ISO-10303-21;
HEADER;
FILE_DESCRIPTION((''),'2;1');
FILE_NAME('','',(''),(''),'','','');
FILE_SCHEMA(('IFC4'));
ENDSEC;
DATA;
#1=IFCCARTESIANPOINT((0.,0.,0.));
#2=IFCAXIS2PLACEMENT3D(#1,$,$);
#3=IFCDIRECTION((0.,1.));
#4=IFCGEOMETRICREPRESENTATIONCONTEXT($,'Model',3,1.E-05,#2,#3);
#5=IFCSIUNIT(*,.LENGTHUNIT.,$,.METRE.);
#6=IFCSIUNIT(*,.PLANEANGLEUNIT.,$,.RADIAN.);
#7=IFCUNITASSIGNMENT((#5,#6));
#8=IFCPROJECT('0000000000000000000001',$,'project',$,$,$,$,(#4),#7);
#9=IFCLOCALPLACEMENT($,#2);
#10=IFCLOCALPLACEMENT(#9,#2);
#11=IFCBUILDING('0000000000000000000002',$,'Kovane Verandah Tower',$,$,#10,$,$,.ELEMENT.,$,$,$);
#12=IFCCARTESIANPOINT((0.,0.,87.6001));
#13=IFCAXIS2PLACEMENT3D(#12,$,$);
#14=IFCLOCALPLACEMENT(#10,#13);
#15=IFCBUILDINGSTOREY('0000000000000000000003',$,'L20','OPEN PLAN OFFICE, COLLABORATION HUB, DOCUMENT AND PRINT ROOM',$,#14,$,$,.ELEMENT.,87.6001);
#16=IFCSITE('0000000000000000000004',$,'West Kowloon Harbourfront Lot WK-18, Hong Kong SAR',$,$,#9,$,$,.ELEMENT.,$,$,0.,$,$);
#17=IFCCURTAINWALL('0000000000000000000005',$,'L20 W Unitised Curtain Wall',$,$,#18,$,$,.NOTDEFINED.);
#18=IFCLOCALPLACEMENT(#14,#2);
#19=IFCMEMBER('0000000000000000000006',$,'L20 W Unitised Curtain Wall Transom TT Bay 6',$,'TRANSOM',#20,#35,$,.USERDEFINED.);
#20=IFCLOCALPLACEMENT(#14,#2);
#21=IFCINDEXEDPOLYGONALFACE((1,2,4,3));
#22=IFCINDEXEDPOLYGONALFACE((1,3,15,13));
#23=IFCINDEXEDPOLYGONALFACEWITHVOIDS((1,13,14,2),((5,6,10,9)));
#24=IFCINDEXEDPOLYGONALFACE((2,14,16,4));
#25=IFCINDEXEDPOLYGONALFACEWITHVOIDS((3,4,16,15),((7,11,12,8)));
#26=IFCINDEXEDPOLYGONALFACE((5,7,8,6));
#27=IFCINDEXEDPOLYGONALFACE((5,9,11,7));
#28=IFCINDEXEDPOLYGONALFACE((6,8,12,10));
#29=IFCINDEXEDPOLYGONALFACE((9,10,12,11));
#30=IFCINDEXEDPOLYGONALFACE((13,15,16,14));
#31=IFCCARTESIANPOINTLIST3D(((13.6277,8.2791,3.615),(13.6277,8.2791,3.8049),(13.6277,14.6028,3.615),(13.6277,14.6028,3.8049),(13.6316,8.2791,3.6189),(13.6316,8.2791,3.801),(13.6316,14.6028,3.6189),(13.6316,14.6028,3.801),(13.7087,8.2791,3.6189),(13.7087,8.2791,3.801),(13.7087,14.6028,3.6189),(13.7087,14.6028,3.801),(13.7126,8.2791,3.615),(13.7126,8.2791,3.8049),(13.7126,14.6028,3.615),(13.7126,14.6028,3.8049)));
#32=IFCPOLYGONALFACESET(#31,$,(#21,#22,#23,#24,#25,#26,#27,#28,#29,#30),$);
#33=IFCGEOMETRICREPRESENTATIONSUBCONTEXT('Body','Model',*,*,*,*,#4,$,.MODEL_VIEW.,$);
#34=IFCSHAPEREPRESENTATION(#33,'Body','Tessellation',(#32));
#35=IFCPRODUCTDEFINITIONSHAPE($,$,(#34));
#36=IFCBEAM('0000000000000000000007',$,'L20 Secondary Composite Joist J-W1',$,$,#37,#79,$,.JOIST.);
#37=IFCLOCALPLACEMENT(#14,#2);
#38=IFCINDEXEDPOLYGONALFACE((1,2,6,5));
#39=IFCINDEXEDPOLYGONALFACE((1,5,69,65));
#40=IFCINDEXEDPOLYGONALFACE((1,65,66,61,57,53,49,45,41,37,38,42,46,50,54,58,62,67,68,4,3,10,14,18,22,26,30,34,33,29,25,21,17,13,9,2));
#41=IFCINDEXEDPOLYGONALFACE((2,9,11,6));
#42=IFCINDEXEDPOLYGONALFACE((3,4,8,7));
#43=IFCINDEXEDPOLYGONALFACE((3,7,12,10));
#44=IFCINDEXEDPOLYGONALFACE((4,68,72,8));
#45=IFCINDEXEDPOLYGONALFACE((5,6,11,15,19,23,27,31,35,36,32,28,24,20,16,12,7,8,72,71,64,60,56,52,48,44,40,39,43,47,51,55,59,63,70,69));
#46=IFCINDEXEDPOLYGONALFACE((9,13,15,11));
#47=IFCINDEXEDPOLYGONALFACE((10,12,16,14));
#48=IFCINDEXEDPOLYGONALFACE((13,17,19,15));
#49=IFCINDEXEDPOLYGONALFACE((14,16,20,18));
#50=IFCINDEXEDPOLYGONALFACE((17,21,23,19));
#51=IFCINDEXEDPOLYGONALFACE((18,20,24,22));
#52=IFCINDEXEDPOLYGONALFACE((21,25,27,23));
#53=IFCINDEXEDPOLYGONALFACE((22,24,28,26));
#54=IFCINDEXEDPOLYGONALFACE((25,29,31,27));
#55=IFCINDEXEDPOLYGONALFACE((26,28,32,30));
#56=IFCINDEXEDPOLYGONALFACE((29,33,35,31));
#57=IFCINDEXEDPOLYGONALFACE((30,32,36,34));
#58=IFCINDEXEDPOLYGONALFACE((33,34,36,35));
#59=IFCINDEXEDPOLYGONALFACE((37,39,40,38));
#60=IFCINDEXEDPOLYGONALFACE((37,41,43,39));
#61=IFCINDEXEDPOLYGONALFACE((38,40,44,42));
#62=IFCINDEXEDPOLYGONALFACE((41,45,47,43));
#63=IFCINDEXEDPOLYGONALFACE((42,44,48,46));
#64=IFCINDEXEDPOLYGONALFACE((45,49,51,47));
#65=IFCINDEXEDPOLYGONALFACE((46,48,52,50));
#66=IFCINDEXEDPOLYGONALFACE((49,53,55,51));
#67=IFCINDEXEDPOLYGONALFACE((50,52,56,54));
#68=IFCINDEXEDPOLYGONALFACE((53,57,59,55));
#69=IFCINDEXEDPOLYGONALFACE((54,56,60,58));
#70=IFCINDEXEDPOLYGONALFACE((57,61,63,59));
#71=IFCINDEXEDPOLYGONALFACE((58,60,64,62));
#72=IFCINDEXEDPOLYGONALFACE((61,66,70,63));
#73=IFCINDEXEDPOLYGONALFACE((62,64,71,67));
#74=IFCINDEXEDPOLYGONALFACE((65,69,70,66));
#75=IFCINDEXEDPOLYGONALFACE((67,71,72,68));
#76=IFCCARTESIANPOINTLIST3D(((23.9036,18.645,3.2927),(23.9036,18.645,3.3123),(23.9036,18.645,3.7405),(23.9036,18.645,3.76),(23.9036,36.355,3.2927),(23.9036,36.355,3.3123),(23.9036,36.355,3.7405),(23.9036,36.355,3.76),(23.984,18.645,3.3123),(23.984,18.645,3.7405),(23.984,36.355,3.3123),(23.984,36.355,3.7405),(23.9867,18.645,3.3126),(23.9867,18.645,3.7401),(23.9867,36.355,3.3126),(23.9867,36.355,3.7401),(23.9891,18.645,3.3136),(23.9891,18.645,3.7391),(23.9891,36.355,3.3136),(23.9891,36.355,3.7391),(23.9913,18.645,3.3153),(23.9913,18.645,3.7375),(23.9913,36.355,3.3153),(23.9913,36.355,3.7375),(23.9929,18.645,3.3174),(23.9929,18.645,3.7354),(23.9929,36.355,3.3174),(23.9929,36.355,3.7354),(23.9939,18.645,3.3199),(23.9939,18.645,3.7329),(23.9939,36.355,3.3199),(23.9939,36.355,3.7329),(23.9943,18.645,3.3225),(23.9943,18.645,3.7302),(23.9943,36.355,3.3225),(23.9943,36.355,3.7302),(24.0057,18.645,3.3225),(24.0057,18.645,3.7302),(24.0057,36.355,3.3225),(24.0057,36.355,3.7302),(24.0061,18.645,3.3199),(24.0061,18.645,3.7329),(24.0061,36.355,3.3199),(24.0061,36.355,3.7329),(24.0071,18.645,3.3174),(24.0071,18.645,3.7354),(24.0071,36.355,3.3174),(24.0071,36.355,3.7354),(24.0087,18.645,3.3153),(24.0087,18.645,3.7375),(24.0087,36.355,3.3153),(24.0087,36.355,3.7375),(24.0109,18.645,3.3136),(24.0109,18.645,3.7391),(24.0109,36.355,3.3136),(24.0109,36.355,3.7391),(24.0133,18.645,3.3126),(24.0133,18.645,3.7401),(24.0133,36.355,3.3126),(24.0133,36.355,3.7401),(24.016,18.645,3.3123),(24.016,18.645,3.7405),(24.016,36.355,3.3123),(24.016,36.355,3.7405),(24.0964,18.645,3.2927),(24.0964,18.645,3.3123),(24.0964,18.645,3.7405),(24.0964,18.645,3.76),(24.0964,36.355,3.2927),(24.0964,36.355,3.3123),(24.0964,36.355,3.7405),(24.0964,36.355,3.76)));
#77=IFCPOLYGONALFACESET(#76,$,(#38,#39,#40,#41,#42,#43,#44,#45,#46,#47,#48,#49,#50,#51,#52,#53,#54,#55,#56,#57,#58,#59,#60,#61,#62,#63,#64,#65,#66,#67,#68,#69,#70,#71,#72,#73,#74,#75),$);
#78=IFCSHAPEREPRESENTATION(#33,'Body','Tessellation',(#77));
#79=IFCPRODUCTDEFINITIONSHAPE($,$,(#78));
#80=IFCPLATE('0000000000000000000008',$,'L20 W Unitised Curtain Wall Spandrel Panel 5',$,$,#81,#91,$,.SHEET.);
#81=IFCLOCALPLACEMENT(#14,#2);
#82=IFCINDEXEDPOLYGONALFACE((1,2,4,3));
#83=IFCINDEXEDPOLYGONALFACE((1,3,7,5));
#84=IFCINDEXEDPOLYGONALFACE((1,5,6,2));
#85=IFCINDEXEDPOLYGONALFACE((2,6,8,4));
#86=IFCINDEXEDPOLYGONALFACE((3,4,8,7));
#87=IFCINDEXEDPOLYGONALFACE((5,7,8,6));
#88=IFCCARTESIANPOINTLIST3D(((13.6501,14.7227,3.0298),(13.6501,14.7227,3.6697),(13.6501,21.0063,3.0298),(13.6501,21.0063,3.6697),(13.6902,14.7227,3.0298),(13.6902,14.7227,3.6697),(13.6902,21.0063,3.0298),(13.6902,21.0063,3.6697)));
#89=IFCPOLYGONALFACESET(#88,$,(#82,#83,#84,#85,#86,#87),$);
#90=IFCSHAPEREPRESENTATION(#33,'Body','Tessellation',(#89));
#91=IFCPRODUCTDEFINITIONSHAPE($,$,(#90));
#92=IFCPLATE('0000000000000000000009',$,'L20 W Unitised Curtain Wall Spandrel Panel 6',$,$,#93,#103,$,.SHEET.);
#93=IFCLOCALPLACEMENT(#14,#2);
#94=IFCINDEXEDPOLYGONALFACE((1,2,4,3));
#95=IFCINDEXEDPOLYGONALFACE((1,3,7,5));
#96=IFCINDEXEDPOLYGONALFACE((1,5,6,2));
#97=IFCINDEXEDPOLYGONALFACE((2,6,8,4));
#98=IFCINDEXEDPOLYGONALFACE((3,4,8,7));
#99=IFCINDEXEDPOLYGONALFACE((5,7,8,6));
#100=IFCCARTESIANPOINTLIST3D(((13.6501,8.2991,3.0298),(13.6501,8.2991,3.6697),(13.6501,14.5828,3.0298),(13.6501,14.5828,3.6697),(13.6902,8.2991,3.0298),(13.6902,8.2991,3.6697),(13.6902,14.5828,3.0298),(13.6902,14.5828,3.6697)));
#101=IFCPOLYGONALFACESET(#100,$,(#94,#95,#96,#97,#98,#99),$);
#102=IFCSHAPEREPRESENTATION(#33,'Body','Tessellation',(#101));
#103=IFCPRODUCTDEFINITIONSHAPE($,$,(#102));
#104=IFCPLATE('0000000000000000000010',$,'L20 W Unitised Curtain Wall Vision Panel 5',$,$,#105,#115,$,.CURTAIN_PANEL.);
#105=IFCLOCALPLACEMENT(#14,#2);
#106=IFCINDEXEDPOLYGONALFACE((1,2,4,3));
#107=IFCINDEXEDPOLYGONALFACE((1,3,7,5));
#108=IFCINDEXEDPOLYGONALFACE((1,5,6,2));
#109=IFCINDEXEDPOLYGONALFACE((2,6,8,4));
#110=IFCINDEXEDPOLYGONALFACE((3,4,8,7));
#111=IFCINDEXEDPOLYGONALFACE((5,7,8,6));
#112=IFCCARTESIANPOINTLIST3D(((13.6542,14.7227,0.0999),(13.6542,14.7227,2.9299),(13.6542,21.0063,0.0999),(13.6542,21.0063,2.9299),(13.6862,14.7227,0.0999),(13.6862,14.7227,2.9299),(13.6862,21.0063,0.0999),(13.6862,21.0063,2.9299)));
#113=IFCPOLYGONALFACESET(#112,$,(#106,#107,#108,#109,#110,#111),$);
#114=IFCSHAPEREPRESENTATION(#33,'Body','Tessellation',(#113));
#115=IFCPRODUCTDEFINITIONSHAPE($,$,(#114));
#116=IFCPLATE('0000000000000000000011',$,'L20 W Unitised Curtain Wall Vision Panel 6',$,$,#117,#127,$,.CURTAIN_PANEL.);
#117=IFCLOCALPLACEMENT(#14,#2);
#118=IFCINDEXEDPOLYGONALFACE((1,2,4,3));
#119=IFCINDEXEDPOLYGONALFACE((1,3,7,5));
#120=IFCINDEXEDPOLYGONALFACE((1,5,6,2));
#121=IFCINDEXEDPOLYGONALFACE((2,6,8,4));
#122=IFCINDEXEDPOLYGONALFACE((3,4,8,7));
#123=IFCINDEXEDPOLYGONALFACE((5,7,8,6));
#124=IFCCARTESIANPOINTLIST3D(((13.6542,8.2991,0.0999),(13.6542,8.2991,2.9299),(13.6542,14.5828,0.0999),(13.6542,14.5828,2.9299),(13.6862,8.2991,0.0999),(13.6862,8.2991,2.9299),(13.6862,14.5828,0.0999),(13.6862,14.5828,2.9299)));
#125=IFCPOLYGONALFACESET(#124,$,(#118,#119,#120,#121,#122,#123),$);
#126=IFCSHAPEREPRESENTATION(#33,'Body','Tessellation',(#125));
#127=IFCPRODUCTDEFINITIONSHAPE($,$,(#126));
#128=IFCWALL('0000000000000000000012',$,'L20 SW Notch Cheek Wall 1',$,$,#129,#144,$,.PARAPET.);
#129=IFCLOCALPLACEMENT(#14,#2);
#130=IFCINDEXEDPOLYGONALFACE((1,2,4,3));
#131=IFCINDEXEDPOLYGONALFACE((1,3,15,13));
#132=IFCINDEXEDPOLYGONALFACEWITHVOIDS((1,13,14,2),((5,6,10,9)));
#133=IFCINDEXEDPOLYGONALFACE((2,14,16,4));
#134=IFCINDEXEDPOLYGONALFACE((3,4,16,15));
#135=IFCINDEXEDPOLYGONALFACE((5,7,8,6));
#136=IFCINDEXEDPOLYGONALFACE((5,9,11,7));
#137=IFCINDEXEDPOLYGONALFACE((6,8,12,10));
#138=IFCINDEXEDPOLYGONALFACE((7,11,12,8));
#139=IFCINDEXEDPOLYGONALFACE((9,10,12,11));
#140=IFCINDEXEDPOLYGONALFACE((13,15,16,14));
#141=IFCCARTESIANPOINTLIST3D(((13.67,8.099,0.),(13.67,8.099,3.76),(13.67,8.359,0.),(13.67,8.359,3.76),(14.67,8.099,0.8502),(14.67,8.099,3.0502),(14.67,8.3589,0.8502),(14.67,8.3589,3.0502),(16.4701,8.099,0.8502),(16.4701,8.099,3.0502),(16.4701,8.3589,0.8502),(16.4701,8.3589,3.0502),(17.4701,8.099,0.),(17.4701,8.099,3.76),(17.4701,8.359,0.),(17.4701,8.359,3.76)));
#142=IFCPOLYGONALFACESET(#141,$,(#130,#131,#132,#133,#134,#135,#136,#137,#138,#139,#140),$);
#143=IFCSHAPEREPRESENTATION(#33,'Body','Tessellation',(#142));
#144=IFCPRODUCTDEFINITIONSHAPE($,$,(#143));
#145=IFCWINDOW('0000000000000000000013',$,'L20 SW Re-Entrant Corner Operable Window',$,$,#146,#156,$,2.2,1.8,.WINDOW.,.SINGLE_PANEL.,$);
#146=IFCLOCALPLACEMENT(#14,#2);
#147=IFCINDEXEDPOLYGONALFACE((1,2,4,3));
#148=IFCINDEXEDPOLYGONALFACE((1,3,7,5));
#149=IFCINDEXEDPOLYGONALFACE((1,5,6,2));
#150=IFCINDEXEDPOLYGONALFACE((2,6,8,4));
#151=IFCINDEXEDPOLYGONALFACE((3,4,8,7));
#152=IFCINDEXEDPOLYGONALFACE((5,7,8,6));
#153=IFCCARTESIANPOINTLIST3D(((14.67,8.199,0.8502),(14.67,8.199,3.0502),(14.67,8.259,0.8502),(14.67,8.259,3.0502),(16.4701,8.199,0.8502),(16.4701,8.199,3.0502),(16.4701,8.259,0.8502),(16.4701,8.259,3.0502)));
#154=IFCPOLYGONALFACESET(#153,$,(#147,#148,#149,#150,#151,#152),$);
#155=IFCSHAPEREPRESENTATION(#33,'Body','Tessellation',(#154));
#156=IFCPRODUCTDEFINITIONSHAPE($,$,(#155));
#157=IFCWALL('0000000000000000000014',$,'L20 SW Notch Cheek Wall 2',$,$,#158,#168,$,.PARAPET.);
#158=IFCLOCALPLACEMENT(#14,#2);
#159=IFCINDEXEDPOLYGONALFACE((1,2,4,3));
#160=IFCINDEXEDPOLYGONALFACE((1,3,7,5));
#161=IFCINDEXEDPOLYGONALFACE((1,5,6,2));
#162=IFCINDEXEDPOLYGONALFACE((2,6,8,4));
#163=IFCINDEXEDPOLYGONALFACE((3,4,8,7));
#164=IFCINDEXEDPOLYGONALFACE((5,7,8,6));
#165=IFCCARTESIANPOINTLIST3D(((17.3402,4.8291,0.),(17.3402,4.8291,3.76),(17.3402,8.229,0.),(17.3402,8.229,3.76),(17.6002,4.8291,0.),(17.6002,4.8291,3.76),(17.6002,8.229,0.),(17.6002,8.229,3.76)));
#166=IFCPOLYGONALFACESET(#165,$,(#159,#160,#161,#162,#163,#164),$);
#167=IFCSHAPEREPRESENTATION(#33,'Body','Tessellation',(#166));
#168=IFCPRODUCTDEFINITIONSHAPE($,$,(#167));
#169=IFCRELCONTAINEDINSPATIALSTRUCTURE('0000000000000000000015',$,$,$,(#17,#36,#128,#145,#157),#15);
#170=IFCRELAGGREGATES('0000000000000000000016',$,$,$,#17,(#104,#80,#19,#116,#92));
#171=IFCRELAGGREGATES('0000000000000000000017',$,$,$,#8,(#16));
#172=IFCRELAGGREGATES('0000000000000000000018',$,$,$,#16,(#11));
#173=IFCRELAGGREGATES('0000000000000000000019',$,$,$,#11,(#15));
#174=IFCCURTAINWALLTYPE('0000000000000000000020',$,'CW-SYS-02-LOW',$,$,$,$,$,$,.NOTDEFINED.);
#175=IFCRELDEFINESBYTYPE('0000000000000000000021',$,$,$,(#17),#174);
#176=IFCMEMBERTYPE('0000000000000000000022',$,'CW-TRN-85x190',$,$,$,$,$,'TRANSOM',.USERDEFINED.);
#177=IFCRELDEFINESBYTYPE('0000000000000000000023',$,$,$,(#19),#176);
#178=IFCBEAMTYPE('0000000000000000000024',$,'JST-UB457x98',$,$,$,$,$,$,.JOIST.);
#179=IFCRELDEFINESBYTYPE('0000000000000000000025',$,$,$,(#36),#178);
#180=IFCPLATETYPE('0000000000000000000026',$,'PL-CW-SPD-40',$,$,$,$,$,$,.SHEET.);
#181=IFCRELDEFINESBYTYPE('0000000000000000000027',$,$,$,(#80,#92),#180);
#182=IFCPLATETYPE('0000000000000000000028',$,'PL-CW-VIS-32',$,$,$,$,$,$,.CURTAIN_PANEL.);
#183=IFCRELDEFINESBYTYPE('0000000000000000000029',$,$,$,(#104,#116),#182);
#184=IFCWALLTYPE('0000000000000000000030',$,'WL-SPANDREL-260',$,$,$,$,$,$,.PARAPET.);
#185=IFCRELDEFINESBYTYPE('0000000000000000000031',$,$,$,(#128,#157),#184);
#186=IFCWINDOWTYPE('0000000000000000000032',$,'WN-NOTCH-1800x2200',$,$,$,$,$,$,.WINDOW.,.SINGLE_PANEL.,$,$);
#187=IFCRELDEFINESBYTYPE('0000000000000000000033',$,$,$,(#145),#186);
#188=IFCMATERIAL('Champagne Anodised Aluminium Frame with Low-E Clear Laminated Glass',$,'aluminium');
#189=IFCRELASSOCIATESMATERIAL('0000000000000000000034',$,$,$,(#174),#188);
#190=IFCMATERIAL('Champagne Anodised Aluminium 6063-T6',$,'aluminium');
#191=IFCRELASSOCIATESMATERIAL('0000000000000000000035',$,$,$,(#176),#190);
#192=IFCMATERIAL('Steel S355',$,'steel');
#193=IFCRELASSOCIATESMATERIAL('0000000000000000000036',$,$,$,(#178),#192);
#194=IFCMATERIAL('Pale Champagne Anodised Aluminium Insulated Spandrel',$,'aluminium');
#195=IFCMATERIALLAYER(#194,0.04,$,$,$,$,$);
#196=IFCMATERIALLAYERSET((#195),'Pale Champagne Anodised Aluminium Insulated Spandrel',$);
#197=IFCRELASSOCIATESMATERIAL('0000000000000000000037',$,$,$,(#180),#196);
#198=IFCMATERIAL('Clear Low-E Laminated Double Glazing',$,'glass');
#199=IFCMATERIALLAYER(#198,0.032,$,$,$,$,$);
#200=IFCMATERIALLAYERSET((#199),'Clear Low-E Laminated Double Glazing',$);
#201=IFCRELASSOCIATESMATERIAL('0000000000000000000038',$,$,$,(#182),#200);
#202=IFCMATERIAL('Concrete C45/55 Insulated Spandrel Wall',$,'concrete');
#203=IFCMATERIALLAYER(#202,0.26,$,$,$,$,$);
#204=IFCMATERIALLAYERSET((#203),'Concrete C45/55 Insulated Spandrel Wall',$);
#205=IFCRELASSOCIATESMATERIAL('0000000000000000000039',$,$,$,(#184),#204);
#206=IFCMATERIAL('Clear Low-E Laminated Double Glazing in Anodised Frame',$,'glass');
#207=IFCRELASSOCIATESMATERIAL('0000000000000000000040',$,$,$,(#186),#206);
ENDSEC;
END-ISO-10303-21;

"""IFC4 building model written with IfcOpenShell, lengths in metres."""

from ifc_helpers import new_model, si_unit, direction, frame, frame_2d, origin, origin_2d, place, context, subcontext, project, spatial, rectangle, hollow_rectangle, i_section, extrude, material, layer, layer_set, material_profile, profile_set, type_object, element, fill, aggregate, save


model = new_model("IFC4")

# Units and contexts
model_context = context("Model", 3, precision=1e-05, world=origin(), true_north=direction((0.0, 1.0)))
body_context = subcontext(model_context, "Body", "Model", "MODEL_VIEW")
ifc_project = project(units=[si_unit("LENGTHUNIT", "METRE"), si_unit("PLANEANGLEUNIT", "RADIAN")], contexts=[model_context])

# Site, building, storey
site_placement = place(None, origin())
site = spatial("IfcSite", under=ifc_project, at=site_placement, Name="West Kowloon Harbourfront Lot WK-18, Hong Kong SAR", CompositionType="ELEMENT", RefElevation=0.0)
building_placement = place(site_placement, origin())
building = spatial("IfcBuilding", under=site, at=building_placement, Name="Kovane Verandah Tower", CompositionType="ELEMENT")
storey_placement = place(building_placement, frame((0.0, 0.0, 87.6001)))
storey = spatial("IfcBuildingStorey", under=building, at=storey_placement, Name="L20", Description="OPEN PLAN OFFICE, COLLABORATION HUB, DOCUMENT AND PRINT ROOM", CompositionType="ELEMENT", Elevation=87.6001)

# Shared definitions
ifc_material_1 = material(Name="Steel S355", Category="steel")

# Curtain wall, member
ifc_material_2 = material(Name="Champagne Anodised Aluminium Frame with Low-E Clear Laminated Glass", Category="aluminium")
curtain_wall_type = type_object("IfcCurtainWallType", Name="CW-SYS-02-LOW", PredefinedType="NOTDEFINED", material=ifc_material_2)
curtain_wall_placement = place(storey_placement, origin())
curtain_wall = element("IfcCurtainWall", 1, at=curtain_wall_placement, inside=storey, type_object=curtain_wall_type, Name="L20 W Unitised Curtain Wall", PredefinedType="NOTDEFINED")
ifc_material_3 = material(Name="Champagne Anodised Aluminium 6063-T6", Category="aluminium")
ifc_material_profile_1 = material_profile(ifc_material_3, hollow_rectangle(XDim=0.085, YDim=0.1899, WallThickness=0.0039, at=origin_2d()), Name="AL85x190x4")
ifc_profile_set_1 = profile_set([ifc_material_profile_1], Name="Champagne Anodised Aluminium 6063-T6")
member_type_1 = type_object("IfcMemberType", Name="CW-TRN-85x190", ElementType="TRANSOM", PredefinedType="USERDEFINED", material=ifc_profile_set_1)
member_1_placement = place(storey_placement, frame((13.6702, 14.6028, 3.71), z_axis=(0.0, -1.0, 0.0), x_axis=(1.0, 0.0, 0.0)))
member_1 = element("IfcMember", 2, at=member_1_placement, type_object=member_type_1, Name="L20 W Unitised Curtain Wall Transom TT Bay 6", ObjectType="TRANSOM", PredefinedType="USERDEFINED", context=body_context, shape_type="SweptSolid", body=[
    extrude(hollow_rectangle(XDim=0.085, YDim=0.1899, WallThickness=0.0039, at=origin_2d()), origin(), (0.0, 0.0, 1.0), 6.3237),
])

# Beam
ifc_material_profile_2 = material_profile(ifc_material_1, i_section(OverallWidth=0.1929, OverallDepth=0.4673, WebThickness=0.0115, FlangeThickness=0.0195, FilletRadius=0.0103, at=origin_2d()), Name="UB457x191x98")
ifc_profile_set_2 = profile_set([ifc_material_profile_2], Name="Steel S355")
beam_type_1 = type_object("IfcBeamType", Name="JST-UB457x98", PredefinedType="JOIST", material=ifc_profile_set_2)
beam_1_placement = place(storey_placement, frame((24.0, 18.645, 3.5264), z_axis=(0.0, 1.0, 0.0), x_axis=(-1.0, 0.0, 0.0)))
element("IfcBeam", 3, at=beam_1_placement, inside=storey, type_object=beam_type_1, Name="L20 Secondary Composite Joist J-W1", PredefinedType="JOIST", context=body_context, shape_type="SweptSolid", body=[
    extrude(i_section(OverallWidth=0.1929, OverallDepth=0.4673, WebThickness=0.0115, FlangeThickness=0.0195, FilletRadius=0.0103, at=origin_2d()), origin(), (0.0, 0.0, 1.0), 17.71),
])

# Plates
ifc_material_4 = material(Name="Pale Champagne Anodised Aluminium Insulated Spandrel", Category="aluminium")
ifc_layer_1 = layer(ifc_material_4, 0.04)
ifc_layer_set_1 = layer_set([ifc_layer_1], Name="Pale Champagne Anodised Aluminium Insulated Spandrel")
plate_type_1 = type_object("IfcPlateType", Name="PL-CW-SPD-40", PredefinedType="SHEET", material=ifc_layer_set_1)
plate_1_placement = place(storey_placement, frame((13.6702, 17.8645, 3.0298), z_axis=(0.0, 0.0, 1.0), x_axis=(0.0, -1.0, 0.0)))
plate_1 = element("IfcPlate", 4, at=plate_1_placement, type_object=plate_type_1, Name="L20 W Unitised Curtain Wall Spandrel Panel 5", PredefinedType="SHEET", context=body_context, shape_type="SweptSolid", body=[
    extrude(rectangle(XDim=6.2837, YDim=0.04, at=origin_2d()), origin(), (0.0, 0.0, 1.0), 0.6399),
])
plate_2_placement = place(storey_placement, frame((13.6702, 11.4409, 3.0298), z_axis=(0.0, 0.0, 1.0), x_axis=(0.0, -1.0, 0.0)))
plate_2 = element("IfcPlate", 5, at=plate_2_placement, type_object=plate_type_1, Name="L20 W Unitised Curtain Wall Spandrel Panel 6", PredefinedType="SHEET", context=body_context, shape_type="SweptSolid", body=[
    extrude(rectangle(XDim=6.2837, YDim=0.04, at=origin_2d()), origin(), (0.0, 0.0, 1.0), 0.6399),
])
ifc_material_5 = material(Name="Clear Low-E Laminated Double Glazing", Category="glass")
ifc_layer_2 = layer(ifc_material_5, 0.032)
ifc_layer_set_2 = layer_set([ifc_layer_2], Name="Clear Low-E Laminated Double Glazing")
plate_type_2 = type_object("IfcPlateType", Name="PL-CW-VIS-32", PredefinedType="CURTAIN_PANEL", material=ifc_layer_set_2)
plate_3_placement = place(storey_placement, frame((13.6702, 17.8645, 0.0999), z_axis=(0.0, 0.0, 1.0), x_axis=(0.0, -1.0, 0.0)))
plate_3 = element("IfcPlate", 6, at=plate_3_placement, type_object=plate_type_2, Name="L20 W Unitised Curtain Wall Vision Panel 5", PredefinedType="CURTAIN_PANEL", context=body_context, shape_type="SweptSolid", body=[
    extrude(rectangle(XDim=6.2837, YDim=0.032, at=origin_2d()), origin(), (0.0, 0.0, 1.0), 2.8301),
])
plate_4_placement = place(storey_placement, frame((13.6702, 11.4409, 0.0999), z_axis=(0.0, 0.0, 1.0), x_axis=(0.0, -1.0, 0.0)))
plate_4 = element("IfcPlate", 7, at=plate_4_placement, type_object=plate_type_2, Name="L20 W Unitised Curtain Wall Vision Panel 6", PredefinedType="CURTAIN_PANEL", context=body_context, shape_type="SweptSolid", body=[
    extrude(rectangle(XDim=6.2837, YDim=0.032, at=origin_2d()), origin(), (0.0, 0.0, 1.0), 2.8301),
])
aggregate(curtain_wall, [plate_3, plate_1, member_1, plate_4, plate_2])

# Shared definitions
ifc_material_6 = material(Name="Concrete C45/55 Insulated Spandrel Wall", Category="concrete")
ifc_layer_3 = layer(ifc_material_6, 0.26)
ifc_layer_set_3 = layer_set([ifc_layer_3], Name="Concrete C45/55 Insulated Spandrel Wall")
wall_type = type_object("IfcWallType", Name="WL-SPANDREL-260", PredefinedType="PARAPET", material=ifc_layer_set_3)
ifc_material_7 = material(Name="Clear Low-E Laminated Double Glazing in Anodised Frame", Category="glass")
window_type = type_object("IfcWindowType", Name="WN-NOTCH-1800x2200", PartitioningType="SINGLE_PANEL", PredefinedType="WINDOW", material=ifc_material_7)

# Wall, opening, window
wall_1_placement = place(storey_placement, frame((13.6702, 8.229, 0.0), z_axis=(0.0, 0.0, 1.0), x_axis=(1.0, 0.0, 0.0)))
wall_1 = element("IfcWall", 8, at=wall_1_placement, inside=storey, type_object=wall_type, Name="L20 SW Notch Cheek Wall 1", PredefinedType="PARAPET", context=body_context, shape_type="SweptSolid", body=[
    extrude(rectangle(XDim=3.8, YDim=0.26, at=frame_2d((1.8999, 0.0))), origin(), (0.0, 0.0, 1.0), 3.76),
])
opening_1_placement = place(wall_1_placement, frame((1.0, 0.0, 0.8501)))
opening_1 = element("IfcOpeningElement", 9, at=opening_1_placement, cuts=wall_1, PredefinedType="OPENING", context=body_context, shape_type="SweptSolid", body=[
    extrude(rectangle(XDim=1.8, YDim=2.2, at=frame_2d((0.8999, 1.1001))), frame((0.0, 0.1299, 0.0), z_axis=(0.0, -1.0, 0.0), x_axis=(1.0, 0.0, 0.0)), (0.0, 0.0, 1.0), 0.26),
])
window_1_placement = place(opening_1_placement, origin())
window_1 = element("IfcWindow", 10, at=window_1_placement, inside=storey, type_object=window_type, Name="L20 SW Re-Entrant Corner Operable Window", OverallHeight=2.2, OverallWidth=1.8, PartitioningType="SINGLE_PANEL", PredefinedType="WINDOW", context=body_context, shape_type="SweptSolid", body=[
    extrude(rectangle(XDim=1.8, YDim=2.2, at=frame_2d((0.8999, 1.1001))), frame((0.0, 0.03, 0.0), z_axis=(0.0, -1.0, 0.0), x_axis=(1.0, 0.0, 0.0)), (0.0, 0.0, 1.0), 0.0601),
])
fill(opening_1, window_1)

# Wall
wall_2_placement = place(storey_placement, frame((17.4702, 8.229, 0.0), z_axis=(0.0, 0.0, 1.0), x_axis=(0.0, -1.0, 0.0)))
element("IfcWall", 11, at=wall_2_placement, inside=storey, type_object=wall_type, Name="L20 SW Notch Cheek Wall 2", PredefinedType="PARAPET", context=body_context, shape_type="SweptSolid", body=[
    extrude(rectangle(XDim=3.3999, YDim=0.26, at=frame_2d((1.7, 0.0))), origin(), (0.0, 0.0, 1.0), 3.76),
])

save(model, "model.ifc")
